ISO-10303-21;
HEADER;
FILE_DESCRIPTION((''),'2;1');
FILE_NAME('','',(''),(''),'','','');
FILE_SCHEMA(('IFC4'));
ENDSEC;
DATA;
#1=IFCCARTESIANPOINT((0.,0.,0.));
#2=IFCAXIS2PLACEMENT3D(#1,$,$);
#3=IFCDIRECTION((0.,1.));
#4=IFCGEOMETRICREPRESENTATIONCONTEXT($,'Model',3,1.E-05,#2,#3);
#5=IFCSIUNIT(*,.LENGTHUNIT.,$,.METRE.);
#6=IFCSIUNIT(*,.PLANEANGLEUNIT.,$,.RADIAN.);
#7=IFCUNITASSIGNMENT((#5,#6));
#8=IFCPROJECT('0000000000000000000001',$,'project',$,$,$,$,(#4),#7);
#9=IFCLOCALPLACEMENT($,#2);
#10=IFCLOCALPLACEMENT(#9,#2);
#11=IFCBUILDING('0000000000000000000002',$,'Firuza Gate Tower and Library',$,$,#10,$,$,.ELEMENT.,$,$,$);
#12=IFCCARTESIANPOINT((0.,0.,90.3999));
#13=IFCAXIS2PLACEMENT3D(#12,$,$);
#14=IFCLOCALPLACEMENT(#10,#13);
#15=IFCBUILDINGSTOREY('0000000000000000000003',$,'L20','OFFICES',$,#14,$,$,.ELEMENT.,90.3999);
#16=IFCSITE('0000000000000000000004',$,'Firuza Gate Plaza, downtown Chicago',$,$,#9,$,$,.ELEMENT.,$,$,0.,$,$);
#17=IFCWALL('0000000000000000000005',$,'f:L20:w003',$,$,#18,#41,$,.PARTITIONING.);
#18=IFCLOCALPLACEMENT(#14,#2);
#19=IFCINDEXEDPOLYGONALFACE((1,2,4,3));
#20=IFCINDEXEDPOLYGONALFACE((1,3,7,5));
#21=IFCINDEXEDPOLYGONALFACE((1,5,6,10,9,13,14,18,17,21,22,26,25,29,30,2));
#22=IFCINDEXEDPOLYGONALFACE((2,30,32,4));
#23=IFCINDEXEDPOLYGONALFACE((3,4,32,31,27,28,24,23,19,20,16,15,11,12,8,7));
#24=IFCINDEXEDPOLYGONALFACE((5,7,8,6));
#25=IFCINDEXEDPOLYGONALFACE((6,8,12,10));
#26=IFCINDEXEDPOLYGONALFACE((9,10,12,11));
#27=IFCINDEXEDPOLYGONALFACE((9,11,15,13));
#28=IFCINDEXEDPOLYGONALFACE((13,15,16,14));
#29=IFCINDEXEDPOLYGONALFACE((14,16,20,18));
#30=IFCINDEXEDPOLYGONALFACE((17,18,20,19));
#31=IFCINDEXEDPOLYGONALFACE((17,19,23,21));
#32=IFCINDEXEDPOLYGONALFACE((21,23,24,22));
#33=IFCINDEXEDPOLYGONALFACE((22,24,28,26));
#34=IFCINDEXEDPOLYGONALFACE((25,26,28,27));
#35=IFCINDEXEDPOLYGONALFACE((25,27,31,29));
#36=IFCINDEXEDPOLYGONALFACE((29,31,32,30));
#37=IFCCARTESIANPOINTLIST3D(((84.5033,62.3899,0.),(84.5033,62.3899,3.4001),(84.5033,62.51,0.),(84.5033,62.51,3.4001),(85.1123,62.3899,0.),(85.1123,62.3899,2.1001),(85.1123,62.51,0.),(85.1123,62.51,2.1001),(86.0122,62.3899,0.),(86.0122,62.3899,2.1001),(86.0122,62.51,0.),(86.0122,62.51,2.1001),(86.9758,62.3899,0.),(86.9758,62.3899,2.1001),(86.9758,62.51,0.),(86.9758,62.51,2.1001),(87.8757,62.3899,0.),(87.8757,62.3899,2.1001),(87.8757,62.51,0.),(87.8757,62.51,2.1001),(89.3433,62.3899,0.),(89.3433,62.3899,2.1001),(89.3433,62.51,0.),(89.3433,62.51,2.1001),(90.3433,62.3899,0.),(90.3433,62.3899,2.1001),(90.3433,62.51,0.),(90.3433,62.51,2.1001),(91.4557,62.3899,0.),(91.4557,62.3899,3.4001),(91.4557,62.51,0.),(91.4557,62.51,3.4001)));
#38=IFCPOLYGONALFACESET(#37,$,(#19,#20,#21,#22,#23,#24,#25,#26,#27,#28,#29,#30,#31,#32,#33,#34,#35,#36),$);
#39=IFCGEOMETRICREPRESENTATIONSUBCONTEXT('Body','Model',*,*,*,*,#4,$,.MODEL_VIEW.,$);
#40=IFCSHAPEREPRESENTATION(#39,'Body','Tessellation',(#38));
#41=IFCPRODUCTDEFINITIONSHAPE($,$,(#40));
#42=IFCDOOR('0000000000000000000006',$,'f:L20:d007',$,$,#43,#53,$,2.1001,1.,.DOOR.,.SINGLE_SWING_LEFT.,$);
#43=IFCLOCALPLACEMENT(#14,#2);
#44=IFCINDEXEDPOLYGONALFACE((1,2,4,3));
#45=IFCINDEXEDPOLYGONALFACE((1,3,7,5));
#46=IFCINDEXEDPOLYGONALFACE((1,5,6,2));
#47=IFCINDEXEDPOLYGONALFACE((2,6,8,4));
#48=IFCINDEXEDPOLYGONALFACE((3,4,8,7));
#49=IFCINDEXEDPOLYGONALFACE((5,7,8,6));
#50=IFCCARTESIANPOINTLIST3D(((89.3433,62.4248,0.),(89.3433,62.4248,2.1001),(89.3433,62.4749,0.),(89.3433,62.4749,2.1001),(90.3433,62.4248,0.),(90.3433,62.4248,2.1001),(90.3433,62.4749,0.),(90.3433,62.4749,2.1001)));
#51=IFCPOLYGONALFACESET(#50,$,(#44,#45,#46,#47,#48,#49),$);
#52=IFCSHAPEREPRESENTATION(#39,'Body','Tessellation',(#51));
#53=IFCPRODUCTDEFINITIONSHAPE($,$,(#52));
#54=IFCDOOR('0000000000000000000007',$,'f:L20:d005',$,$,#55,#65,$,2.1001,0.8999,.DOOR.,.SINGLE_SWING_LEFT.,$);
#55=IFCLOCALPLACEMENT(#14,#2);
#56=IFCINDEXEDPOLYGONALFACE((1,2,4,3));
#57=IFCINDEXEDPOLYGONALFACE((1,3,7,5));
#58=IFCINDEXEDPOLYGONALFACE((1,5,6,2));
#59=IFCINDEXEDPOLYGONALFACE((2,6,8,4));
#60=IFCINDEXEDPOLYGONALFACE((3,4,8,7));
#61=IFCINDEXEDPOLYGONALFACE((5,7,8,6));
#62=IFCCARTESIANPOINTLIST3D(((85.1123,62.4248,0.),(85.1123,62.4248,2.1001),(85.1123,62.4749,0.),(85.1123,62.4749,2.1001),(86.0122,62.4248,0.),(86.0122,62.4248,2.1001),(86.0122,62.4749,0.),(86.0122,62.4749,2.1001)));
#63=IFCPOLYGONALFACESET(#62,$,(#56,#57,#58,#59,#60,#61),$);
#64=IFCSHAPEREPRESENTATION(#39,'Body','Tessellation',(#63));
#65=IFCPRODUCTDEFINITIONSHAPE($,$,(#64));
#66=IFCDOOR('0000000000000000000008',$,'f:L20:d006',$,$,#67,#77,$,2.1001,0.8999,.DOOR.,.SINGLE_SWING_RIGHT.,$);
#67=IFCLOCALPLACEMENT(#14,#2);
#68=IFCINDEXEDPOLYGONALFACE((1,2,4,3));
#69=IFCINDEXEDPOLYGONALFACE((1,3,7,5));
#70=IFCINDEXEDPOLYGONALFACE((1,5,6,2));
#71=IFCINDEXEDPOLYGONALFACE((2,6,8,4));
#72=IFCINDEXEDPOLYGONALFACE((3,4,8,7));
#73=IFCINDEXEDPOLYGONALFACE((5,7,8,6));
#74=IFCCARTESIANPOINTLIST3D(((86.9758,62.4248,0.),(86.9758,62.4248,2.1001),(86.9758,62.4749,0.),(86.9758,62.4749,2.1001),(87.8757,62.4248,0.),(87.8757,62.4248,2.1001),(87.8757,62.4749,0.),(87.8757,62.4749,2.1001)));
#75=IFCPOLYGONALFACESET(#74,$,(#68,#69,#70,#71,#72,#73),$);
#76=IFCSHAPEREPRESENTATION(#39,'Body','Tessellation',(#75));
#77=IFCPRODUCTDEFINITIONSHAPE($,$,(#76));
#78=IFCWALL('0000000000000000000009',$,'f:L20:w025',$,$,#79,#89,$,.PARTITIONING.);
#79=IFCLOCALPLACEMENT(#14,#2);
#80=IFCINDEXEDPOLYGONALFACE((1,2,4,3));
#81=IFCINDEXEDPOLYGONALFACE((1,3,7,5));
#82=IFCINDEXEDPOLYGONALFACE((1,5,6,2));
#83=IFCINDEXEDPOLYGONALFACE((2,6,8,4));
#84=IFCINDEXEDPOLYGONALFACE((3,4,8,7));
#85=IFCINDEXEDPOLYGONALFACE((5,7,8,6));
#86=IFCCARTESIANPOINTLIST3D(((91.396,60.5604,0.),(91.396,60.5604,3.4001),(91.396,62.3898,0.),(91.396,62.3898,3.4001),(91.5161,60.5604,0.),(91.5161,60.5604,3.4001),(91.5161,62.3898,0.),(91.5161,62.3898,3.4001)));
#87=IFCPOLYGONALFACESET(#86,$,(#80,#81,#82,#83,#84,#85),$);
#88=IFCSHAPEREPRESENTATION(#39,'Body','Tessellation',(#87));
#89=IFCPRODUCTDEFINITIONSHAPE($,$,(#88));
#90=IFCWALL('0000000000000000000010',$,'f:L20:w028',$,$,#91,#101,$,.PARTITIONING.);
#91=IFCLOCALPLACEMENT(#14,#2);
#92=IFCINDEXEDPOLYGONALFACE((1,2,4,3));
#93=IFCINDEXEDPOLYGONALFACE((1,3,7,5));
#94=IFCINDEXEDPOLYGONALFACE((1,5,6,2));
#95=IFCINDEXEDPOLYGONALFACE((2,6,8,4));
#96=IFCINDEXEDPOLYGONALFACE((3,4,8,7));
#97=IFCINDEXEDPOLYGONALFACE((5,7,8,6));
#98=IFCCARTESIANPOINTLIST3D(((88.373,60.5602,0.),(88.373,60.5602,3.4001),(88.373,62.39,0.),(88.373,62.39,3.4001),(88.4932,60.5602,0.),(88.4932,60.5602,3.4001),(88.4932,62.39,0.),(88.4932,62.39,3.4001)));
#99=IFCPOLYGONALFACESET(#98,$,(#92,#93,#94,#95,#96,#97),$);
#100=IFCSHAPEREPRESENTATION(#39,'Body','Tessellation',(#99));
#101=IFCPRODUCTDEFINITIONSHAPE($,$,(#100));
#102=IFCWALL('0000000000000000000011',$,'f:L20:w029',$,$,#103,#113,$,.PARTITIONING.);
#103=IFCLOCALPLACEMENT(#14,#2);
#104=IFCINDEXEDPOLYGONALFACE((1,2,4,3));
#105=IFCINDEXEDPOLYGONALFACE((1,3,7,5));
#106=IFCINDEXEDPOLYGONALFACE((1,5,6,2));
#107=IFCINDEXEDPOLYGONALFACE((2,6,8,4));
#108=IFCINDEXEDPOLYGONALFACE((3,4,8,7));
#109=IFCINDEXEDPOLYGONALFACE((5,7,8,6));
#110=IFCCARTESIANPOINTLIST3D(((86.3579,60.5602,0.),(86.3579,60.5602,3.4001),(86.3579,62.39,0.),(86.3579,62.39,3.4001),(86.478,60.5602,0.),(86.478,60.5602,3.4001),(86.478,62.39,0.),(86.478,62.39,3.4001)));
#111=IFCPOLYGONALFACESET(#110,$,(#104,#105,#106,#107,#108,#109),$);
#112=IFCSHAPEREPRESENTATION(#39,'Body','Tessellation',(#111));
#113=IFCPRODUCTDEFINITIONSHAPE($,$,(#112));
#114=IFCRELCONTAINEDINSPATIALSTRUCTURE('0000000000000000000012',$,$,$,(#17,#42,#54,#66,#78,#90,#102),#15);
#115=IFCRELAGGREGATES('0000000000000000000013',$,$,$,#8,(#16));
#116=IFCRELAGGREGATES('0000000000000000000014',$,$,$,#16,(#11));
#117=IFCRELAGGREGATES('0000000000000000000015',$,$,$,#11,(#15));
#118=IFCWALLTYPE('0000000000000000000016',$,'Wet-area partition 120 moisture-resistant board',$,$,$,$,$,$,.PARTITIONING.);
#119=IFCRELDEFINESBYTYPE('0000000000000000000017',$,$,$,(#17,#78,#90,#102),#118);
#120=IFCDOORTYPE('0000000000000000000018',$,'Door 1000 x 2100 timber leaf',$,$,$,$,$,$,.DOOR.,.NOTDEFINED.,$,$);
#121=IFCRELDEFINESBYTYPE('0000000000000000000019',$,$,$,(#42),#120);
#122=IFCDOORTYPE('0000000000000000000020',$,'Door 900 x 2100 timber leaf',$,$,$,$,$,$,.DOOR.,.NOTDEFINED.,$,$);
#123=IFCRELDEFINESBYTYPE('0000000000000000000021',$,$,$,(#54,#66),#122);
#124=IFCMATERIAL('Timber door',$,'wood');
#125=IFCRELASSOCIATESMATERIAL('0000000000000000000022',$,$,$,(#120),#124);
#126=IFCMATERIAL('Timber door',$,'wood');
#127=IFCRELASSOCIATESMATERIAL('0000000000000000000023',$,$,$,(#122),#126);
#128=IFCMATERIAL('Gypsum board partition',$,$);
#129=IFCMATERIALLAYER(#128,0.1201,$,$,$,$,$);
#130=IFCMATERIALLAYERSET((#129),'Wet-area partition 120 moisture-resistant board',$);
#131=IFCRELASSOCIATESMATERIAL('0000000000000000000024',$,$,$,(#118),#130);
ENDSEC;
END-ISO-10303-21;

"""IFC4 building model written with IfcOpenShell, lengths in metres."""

from ifc_helpers import new_model, si_unit, direction, frame, frame_2d, origin, place, context, subcontext, project, spatial, rectangle, extrude, material, layer, layer_set, type_object, element, fill, save


model = new_model("IFC4")

# Units and contexts
model_context = context("Model", 3, precision=1e-05, world=origin(), true_north=direction((0.0, 1.0)))
body_context = subcontext(model_context, "Body", "Model", "MODEL_VIEW")
ifc_project = project(units=[si_unit("LENGTHUNIT", "METRE"), si_unit("PLANEANGLEUNIT", "RADIAN")], contexts=[model_context])

# Site, building, storey
site_placement = place(None, origin())
site = spatial("IfcSite", under=ifc_project, at=site_placement, Name="Firuza Gate Plaza, downtown Chicago", CompositionType="ELEMENT", RefElevation=0.0)
building_placement = place(site_placement, origin())
building = spatial("IfcBuilding", under=site, at=building_placement, Name="Firuza Gate Tower and Library", CompositionType="ELEMENT")
storey_placement = place(building_placement, frame((0.0, 0.0, 90.3999)))
storey = spatial("IfcBuildingStorey", under=building, at=storey_placement, Name="L20", Description="OFFICES", CompositionType="ELEMENT", Elevation=90.3999)

# Shared definitions
ifc_material_1 = material(Name="Timber door", Category="wood")
door_type_1 = type_object("IfcDoorType", Name="Door 1000 x 2100 timber leaf", OperationType="NOTDEFINED", PredefinedType="DOOR", material=ifc_material_1)
ifc_material_2 = material(Name="Timber door", Category="wood")
door_type_2 = type_object("IfcDoorType", Name="Door 900 x 2100 timber leaf", OperationType="NOTDEFINED", PredefinedType="DOOR", material=ifc_material_2)

# Shared definitions
ifc_material_3 = material(Name="Gypsum board partition")
ifc_layer_1 = layer(ifc_material_3, 0.1201)
ifc_layer_set_1 = layer_set([ifc_layer_1], Name="Wet-area partition 120 moisture-resistant board")
wall_type_1 = type_object("IfcWallType", Name="Wet-area partition 120 moisture-resistant board", PredefinedType="PARTITIONING", material=ifc_layer_set_1)

# Wall, openings, doors
wall_1_placement = place(storey_placement, frame((84.5034, 62.45, 0.0), z_axis=(0.0, 0.0, 1.0), x_axis=(1.0, 0.0, 0.0)))
wall_1 = element("IfcWall", 1, at=wall_1_placement, inside=storey, type_object=wall_type_1, Name="f:L20:w003", PredefinedType="PARTITIONING", context=body_context, shape_type="SweptSolid", body=[
    extrude(rectangle(XDim=6.9524, YDim=0.1201, at=frame_2d((3.4761, 0.0))), origin(), (0.0, 0.0, 1.0), 3.4001),
])
opening_1_placement = place(wall_1_placement, frame((0.6089, 0.0, 0.0)))
opening_1 = element("IfcOpeningElement", 2, at=opening_1_placement, cuts=wall_1, PredefinedType="OPENING", context=body_context, shape_type="SweptSolid", body=[
    extrude(rectangle(XDim=0.8999, YDim=2.1001, at=frame_2d((0.45, 1.05))), frame((0.0, 0.0701, 0.0), z_axis=(0.0, -1.0, 0.0), x_axis=(1.0, 0.0, 0.0)), (0.0, 0.0, 1.0), 0.1401),
])
opening_2_placement = place(wall_1_placement, frame((2.4724, 0.0, 0.0)))
opening_2 = element("IfcOpeningElement", 3, at=opening_2_placement, cuts=wall_1, PredefinedType="OPENING", context=body_context, shape_type="SweptSolid", body=[
    extrude(rectangle(XDim=0.8999, YDim=2.1001, at=frame_2d((0.45, 1.05))), frame((0.0, 0.0701, 0.0), z_axis=(0.0, -1.0, 0.0), x_axis=(1.0, 0.0, 0.0)), (0.0, 0.0, 1.0), 0.1401),
])
opening_3_placement = place(wall_1_placement, frame((4.8398, 0.0, 0.0)))
opening_3 = element("IfcOpeningElement", 4, at=opening_3_placement, cuts=wall_1, PredefinedType="OPENING", context=body_context, shape_type="SweptSolid", body=[
    extrude(rectangle(XDim=1.0, YDim=2.1001, at=frame_2d((0.5, 1.05))), frame((0.0, 0.0701, 0.0), z_axis=(0.0, -1.0, 0.0), x_axis=(1.0, 0.0, 0.0)), (0.0, 0.0, 1.0), 0.1401),
])
door_1_placement = place(opening_3_placement, origin())
door_1 = element("IfcDoor", 5, at=door_1_placement, inside=storey, type_object=door_type_1, Name="f:L20:d007", OperationType="SINGLE_SWING_LEFT", OverallHeight=2.1001, OverallWidth=1.0, PredefinedType="DOOR", context=body_context, shape_type="SweptSolid", body=[
    extrude(rectangle(XDim=1.0, YDim=2.1001, at=frame_2d((0.5, 1.05))), frame((0.0, 0.0249, 0.0), z_axis=(0.0, -1.0, 0.0), x_axis=(1.0, 0.0, 0.0)), (0.0, 0.0, 1.0), 0.05),
])
fill(opening_3, door_1)
door_2_placement = place(opening_1_placement, origin())
door_2 = element("IfcDoor", 6, at=door_2_placement, inside=storey, type_object=door_type_2, Name="f:L20:d005", OperationType="SINGLE_SWING_LEFT", OverallHeight=2.1001, OverallWidth=0.8999, PredefinedType="DOOR", context=body_context, shape_type="SweptSolid", body=[
    extrude(rectangle(XDim=0.8999, YDim=2.1001, at=frame_2d((0.45, 1.05))), frame((0.0, 0.0249, 0.0), z_axis=(0.0, -1.0, 0.0), x_axis=(1.0, 0.0, 0.0)), (0.0, 0.0, 1.0), 0.05),
])
fill(opening_1, door_2)
door_3_placement = place(opening_2_placement, origin())
door_3 = element("IfcDoor", 7, at=door_3_placement, inside=storey, type_object=door_type_2, Name="f:L20:d006", OperationType="SINGLE_SWING_RIGHT", OverallHeight=2.1001, OverallWidth=0.8999, PredefinedType="DOOR", context=body_context, shape_type="SweptSolid", body=[
    extrude(rectangle(XDim=0.8999, YDim=2.1001, at=frame_2d((0.45, 1.05))), frame((0.0, 0.0249, 0.0), z_axis=(0.0, -1.0, 0.0), x_axis=(1.0, 0.0, 0.0)), (0.0, 0.0, 1.0), 0.05),
])
fill(opening_2, door_3)

# Walls
wall_2_placement = place(storey_placement, frame((91.4561, 60.5605, 0.0), z_axis=(0.0, 0.0, 1.0), x_axis=(0.0, 1.0, 0.0)))
element("IfcWall", 8, at=wall_2_placement, inside=storey, type_object=wall_type_1, Name="f:L20:w025", PredefinedType="PARTITIONING", context=body_context, shape_type="SweptSolid", body=[
    extrude(rectangle(XDim=1.8293, YDim=0.1201, at=frame_2d((0.9146, 0.0))), origin(), (0.0, 0.0, 1.0), 3.4001),
])
for number, where, z_axis, x_axis, name in (
    (9, (88.4331, 60.5601, 0.0), (0.0, 0.0, 1.0), (0.0, 1.0, 0.0), "f:L20:w028"),
    (10, (86.418, 60.5601, 0.0), (0.0, 0.0, 1.0), (0.0, 1.0, 0.0), "f:L20:w029"),
):
    element("IfcWall", number, at=place(storey_placement, frame(where, z_axis=z_axis, x_axis=x_axis)), inside=storey, type_object=wall_type_1, Name=name, PredefinedType="PARTITIONING", context=body_context, shape_type="SweptSolid", body=[
        extrude(rectangle(XDim=1.8298, YDim=0.1201, at=frame_2d((0.915, 0.0))), origin(), (0.0, 0.0, 1.0), 3.4001),
    ])

save(model, "model.ifc")
